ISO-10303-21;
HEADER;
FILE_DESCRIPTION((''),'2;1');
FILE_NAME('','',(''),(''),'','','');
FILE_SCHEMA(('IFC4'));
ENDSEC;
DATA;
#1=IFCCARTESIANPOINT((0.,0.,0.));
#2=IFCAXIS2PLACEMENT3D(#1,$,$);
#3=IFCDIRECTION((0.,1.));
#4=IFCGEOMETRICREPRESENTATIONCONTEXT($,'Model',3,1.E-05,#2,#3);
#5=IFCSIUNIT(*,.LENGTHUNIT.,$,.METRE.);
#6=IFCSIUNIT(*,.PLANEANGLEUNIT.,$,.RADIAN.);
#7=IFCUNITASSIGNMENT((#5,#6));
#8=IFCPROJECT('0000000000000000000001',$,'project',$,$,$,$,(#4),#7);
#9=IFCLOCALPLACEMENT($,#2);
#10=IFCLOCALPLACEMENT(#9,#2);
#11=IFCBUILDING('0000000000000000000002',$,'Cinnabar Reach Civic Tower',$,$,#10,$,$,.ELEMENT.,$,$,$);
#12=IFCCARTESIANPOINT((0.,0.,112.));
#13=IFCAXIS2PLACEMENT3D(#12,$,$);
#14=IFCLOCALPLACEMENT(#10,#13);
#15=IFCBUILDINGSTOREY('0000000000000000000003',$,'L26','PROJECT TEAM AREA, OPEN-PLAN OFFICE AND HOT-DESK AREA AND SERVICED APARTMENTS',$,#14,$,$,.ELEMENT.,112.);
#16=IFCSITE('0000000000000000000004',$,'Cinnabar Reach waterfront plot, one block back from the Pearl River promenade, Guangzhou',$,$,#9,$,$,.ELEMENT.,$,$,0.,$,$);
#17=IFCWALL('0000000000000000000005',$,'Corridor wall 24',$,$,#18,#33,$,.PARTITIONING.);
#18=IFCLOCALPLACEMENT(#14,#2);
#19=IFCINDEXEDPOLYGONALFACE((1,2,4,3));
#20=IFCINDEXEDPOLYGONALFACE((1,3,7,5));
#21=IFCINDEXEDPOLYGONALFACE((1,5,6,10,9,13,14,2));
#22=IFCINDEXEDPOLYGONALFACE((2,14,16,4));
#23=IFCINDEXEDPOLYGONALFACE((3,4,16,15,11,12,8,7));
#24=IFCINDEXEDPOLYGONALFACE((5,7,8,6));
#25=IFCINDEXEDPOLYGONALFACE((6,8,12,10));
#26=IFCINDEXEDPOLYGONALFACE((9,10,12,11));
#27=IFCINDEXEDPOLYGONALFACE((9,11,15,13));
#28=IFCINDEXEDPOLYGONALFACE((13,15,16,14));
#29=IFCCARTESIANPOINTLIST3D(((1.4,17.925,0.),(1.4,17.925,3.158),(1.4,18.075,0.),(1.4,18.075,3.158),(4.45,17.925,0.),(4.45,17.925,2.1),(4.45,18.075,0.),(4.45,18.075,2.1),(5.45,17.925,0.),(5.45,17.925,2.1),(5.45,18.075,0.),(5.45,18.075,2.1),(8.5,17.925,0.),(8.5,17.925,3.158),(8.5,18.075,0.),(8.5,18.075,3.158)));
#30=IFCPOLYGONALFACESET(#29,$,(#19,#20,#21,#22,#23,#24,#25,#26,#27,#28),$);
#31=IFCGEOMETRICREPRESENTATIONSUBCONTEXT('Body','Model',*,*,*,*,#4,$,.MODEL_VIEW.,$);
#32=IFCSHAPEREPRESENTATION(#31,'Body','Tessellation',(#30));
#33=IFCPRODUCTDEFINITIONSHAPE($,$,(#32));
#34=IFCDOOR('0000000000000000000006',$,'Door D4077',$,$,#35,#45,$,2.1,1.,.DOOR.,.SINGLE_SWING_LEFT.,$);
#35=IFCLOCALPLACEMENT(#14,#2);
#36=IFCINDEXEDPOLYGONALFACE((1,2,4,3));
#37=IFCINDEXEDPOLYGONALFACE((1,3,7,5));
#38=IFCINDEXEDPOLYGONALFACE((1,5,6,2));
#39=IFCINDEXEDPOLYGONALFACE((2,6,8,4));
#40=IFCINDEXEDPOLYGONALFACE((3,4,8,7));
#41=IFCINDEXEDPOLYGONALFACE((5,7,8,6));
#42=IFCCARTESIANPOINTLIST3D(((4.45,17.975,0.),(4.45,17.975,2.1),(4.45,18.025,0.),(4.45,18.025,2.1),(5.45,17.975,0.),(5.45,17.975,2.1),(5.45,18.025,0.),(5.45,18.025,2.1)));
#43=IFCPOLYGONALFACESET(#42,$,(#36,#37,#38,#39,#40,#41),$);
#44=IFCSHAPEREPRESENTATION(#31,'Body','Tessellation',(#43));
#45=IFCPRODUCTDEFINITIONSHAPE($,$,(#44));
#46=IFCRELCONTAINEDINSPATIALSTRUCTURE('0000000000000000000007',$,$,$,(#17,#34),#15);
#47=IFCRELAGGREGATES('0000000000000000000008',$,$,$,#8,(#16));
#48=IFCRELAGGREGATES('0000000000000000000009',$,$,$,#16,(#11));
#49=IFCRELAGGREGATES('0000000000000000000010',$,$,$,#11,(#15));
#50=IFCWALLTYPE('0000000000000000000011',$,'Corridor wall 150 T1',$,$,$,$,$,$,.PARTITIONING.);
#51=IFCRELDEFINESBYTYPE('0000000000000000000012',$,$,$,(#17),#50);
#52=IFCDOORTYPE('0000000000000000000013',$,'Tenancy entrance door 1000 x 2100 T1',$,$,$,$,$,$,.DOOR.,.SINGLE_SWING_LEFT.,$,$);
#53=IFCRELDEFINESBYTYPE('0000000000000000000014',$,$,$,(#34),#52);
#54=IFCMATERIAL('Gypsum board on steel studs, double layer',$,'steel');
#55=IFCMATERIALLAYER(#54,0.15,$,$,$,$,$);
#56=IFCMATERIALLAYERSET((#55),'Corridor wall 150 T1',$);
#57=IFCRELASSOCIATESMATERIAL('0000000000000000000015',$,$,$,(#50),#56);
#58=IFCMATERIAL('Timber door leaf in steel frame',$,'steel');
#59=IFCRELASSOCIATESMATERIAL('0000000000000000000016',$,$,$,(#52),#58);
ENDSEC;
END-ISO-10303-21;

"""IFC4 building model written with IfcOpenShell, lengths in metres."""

from ifc_helpers import new_model, si_unit, direction, frame, frame_2d, origin, place, context, subcontext, project, spatial, rectangle, extrude, material, layer, layer_set, type_object, element, fill, save


model = new_model("IFC4")

# Units and contexts
model_context = context("Model", 3, precision=1e-05, world=origin(), true_north=direction((0.0, 1.0)))
body_context = subcontext(model_context, "Body", "Model", "MODEL_VIEW")
ifc_project = project(units=[si_unit("LENGTHUNIT", "METRE"), si_unit("PLANEANGLEUNIT", "RADIAN")], contexts=[model_context])

# Site, building, storey
site_placement = place(None, origin())
site = spatial("IfcSite", under=ifc_project, at=site_placement, Name="Cinnabar Reach waterfront plot, one block back from the Pearl River promenade, Guangzhou", CompositionType="ELEMENT", RefElevation=0.0)
building_placement = place(site_placement, origin())
building = spatial("IfcBuilding", under=site, at=building_placement, Name="Cinnabar Reach Civic Tower", CompositionType="ELEMENT")
storey_placement = place(building_placement, frame((0.0, 0.0, 112.0)))
storey = spatial("IfcBuildingStorey", under=building, at=storey_placement, Name="L26", Description="PROJECT TEAM AREA, OPEN-PLAN OFFICE AND HOT-DESK AREA AND SERVICED APARTMENTS", CompositionType="ELEMENT", Elevation=112.0)

# Wall, opening, door
ifc_material_1 = material(Name="Gypsum board on steel studs, double layer", Category="steel")
ifc_layer_1 = layer(ifc_material_1, 0.15)
ifc_layer_set_1 = layer_set([ifc_layer_1], Name="Corridor wall 150 T1")
wall_type_1 = type_object("IfcWallType", Name="Corridor wall 150 T1", PredefinedType="PARTITIONING", material=ifc_layer_set_1)
wall_1_placement = place(storey_placement, frame((1.4, 18.0, 0.0), z_axis=(0.0, 0.0, 1.0), x_axis=(1.0, 0.0, 0.0)))
wall_1 = element("IfcWall", 1, at=wall_1_placement, inside=storey, type_object=wall_type_1, Name="Corridor wall 24", PredefinedType="PARTITIONING", context=body_context, shape_type="SweptSolid", body=[
    extrude(rectangle(XDim=7.1, YDim=0.15, at=frame_2d((3.55, 0.0))), origin(), (0.0, 0.0, 1.0), 3.158),
])
opening_1_placement = place(wall_1_placement, frame((3.05, 0.0, 0.0)))
opening_1 = element("IfcOpeningElement", 2, at=opening_1_placement, cuts=wall_1, PredefinedType="OPENING", context=body_context, shape_type="SweptSolid", body=[
    extrude(rectangle(XDim=1.0, YDim=2.1, at=frame_2d((0.5, 1.05))), frame((0.0, 0.085, 0.0), z_axis=(0.0, -1.0, 0.0), x_axis=(1.0, 0.0, 0.0)), (0.0, 0.0, 1.0), 0.17),
])
ifc_material_2 = material(Name="Timber door leaf in steel frame", Category="steel")
door_type = type_object("IfcDoorType", Name="Tenancy entrance door 1000 x 2100 T1", OperationType="SINGLE_SWING_LEFT", PredefinedType="DOOR", material=ifc_material_2)
door_placement = place(opening_1_placement, frame((1.0, 0.0, 0.0), z_axis=(0.0, 0.0, 1.0), x_axis=(-1.0, 0.0, 0.0)))
door = element("IfcDoor", 3, at=door_placement, inside=storey, type_object=door_type, Name="Door D4077", OperationType="SINGLE_SWING_LEFT", OverallHeight=2.1, OverallWidth=1.0, PredefinedType="DOOR", context=body_context, shape_type="SweptSolid", body=[
    extrude(rectangle(XDim=1.0, YDim=2.1, at=frame_2d((0.5, 1.05))), frame((0.0, 0.025, 0.0), z_axis=(0.0, -1.0, 0.0), x_axis=(1.0, 0.0, 0.0)), (0.0, 0.0, 1.0), 0.05),
])
fill(opening_1, door)

save(model, "model.ifc")
